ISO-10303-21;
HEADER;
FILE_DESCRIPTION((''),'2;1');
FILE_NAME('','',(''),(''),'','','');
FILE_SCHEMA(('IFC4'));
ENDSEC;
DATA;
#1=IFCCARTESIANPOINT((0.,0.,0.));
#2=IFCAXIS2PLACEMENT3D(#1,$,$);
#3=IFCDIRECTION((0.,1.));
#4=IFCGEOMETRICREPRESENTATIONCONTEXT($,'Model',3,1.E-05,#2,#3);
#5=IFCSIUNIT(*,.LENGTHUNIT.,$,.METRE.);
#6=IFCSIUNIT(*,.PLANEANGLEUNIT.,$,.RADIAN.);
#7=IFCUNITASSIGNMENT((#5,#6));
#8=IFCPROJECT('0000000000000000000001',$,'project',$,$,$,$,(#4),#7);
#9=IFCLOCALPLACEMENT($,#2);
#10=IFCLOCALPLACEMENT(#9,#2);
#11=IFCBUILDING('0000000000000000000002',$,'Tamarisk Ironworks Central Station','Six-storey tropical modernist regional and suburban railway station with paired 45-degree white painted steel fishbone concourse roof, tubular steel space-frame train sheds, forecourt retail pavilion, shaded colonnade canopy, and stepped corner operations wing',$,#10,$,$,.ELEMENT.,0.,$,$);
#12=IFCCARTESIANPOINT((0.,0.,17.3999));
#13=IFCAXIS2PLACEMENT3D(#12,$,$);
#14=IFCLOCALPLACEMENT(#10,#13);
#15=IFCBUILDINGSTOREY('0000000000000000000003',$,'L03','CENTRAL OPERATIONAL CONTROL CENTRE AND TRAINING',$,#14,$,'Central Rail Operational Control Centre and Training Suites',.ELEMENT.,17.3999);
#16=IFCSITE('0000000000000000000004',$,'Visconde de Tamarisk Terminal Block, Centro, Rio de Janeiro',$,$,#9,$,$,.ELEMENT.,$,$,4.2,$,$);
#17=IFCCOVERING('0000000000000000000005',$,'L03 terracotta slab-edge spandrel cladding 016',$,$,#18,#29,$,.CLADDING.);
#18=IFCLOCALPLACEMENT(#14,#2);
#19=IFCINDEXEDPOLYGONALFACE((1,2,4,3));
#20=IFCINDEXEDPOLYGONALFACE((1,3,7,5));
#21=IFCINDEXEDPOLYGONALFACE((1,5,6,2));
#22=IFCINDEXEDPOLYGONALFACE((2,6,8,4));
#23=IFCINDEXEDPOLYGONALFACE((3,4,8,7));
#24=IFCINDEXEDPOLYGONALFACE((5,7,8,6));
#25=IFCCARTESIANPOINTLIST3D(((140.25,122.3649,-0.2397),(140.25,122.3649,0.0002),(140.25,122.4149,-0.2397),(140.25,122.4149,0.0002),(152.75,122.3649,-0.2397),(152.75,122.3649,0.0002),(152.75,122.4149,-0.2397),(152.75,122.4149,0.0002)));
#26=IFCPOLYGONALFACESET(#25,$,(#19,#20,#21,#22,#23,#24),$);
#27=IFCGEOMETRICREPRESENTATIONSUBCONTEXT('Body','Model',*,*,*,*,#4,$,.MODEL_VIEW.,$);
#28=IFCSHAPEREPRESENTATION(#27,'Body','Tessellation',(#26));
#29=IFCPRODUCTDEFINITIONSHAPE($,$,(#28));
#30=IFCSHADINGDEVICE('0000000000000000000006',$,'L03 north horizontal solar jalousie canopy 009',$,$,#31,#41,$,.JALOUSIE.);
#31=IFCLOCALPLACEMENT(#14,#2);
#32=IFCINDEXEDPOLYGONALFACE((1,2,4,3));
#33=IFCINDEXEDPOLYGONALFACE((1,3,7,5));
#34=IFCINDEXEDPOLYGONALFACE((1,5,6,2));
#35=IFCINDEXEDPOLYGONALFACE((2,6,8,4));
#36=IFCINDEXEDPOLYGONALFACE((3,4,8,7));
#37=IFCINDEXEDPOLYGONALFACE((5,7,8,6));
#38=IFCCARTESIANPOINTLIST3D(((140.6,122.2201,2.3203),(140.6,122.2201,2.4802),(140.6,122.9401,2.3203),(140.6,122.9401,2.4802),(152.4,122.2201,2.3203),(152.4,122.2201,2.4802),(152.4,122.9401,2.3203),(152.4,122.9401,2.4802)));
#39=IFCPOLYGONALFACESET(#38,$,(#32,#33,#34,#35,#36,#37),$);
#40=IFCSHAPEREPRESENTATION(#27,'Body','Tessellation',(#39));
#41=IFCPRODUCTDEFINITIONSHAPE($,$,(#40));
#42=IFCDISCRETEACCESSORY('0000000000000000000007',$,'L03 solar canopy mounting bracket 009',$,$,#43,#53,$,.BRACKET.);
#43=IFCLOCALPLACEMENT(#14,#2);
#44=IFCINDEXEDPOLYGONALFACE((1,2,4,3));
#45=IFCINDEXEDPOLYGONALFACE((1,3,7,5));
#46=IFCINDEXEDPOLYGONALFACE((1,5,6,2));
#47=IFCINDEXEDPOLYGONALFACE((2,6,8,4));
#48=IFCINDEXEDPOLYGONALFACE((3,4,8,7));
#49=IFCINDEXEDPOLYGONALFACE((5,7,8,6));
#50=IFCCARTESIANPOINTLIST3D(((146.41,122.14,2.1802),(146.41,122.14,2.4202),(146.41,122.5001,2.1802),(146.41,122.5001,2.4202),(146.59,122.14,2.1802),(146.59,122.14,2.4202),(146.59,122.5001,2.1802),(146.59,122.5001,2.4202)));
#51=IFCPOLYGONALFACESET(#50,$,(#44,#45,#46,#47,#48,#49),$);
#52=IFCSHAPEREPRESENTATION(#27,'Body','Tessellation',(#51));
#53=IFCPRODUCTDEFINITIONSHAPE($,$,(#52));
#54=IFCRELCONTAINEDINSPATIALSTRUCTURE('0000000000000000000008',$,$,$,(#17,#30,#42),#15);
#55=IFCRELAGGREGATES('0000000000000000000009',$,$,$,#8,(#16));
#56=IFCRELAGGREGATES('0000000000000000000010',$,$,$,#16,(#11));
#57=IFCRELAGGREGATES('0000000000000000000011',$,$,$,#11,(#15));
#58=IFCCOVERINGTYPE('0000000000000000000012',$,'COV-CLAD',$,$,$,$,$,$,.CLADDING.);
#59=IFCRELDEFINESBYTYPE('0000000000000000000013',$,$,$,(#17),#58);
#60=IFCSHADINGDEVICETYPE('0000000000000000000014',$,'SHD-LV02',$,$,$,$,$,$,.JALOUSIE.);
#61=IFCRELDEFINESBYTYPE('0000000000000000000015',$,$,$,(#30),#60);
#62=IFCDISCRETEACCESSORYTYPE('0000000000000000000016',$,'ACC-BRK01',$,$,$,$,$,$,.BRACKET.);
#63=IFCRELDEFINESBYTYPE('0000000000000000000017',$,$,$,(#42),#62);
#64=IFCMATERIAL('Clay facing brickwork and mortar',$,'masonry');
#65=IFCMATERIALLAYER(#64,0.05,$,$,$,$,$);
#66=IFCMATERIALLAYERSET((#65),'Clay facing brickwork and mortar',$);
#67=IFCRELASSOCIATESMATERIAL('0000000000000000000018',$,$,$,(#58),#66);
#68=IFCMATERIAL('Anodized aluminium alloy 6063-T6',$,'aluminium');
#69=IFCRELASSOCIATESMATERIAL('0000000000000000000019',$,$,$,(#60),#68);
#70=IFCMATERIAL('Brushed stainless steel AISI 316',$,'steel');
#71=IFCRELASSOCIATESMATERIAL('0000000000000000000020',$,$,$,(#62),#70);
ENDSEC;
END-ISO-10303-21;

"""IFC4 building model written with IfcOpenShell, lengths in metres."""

from ifc_helpers import new_model, si_unit, direction, frame, origin, origin_2d, place, context, subcontext, project, spatial, rectangle, extrude, material, layer, layer_set, type_object, element, save


model = new_model("IFC4")

# Units and contexts
model_context = context("Model", 3, precision=1e-05, world=origin(), true_north=direction((0.0, 1.0)))
body_context = subcontext(model_context, "Body", "Model", "MODEL_VIEW")
ifc_project = project(units=[si_unit("LENGTHUNIT", "METRE"), si_unit("PLANEANGLEUNIT", "RADIAN")], contexts=[model_context])

# Site, building, storey
site_placement = place(None, origin())
site = spatial("IfcSite", under=ifc_project, at=site_placement, Name="Visconde de Tamarisk Terminal Block, Centro, Rio de Janeiro", CompositionType="ELEMENT", RefElevation=4.2)
building_placement = place(site_placement, origin())
building = spatial("IfcBuilding", under=site, at=building_placement, Name="Tamarisk Ironworks Central Station", Description="Six-storey tropical modernist regional and suburban railway station with paired 45-degree white painted steel fishbone concourse roof, tubular steel space-frame train sheds, forecourt retail pavilion, shaded colonnade canopy, and stepped corner operations wing", CompositionType="ELEMENT", ElevationOfRefHeight=0.0)
storey_placement = place(building_placement, frame((0.0, 0.0, 17.3999)))
storey = spatial("IfcBuildingStorey", under=building, at=storey_placement, Name="L03", Description="CENTRAL OPERATIONAL CONTROL CENTRE AND TRAINING", LongName="Central Rail Operational Control Centre and Training Suites", CompositionType="ELEMENT", Elevation=17.3999)

# Shared definitions
ifc_material_1 = material(Name="Anodized aluminium alloy 6063-T6", Category="aluminium")

# Covering
ifc_material_2 = material(Name="Clay facing brickwork and mortar", Category="masonry")
ifc_layer_1 = layer(ifc_material_2, 0.05)
ifc_layer_set_1 = layer_set([ifc_layer_1], Name="Clay facing brickwork and mortar")
covering_type = type_object("IfcCoveringType", Name="COV-CLAD", PredefinedType="CLADDING", material=ifc_layer_set_1)
covering_placement = place(storey_placement, frame((146.5, 122.3899, -0.2397), z_axis=(0.0, 0.0, 1.0), x_axis=(1.0, 0.0, 0.0)))
element("IfcCovering", 1, at=covering_placement, inside=storey, type_object=covering_type, Name="L03 terracotta slab-edge spandrel cladding 016", PredefinedType="CLADDING", context=body_context, shape_type="SweptSolid", body=[
    extrude(rectangle(XDim=12.5, YDim=0.05, at=origin_2d()), origin(), (0.0, 0.0, 1.0), 0.24),
])

# Shading device
shading_device_type = type_object("IfcShadingDeviceType", Name="SHD-LV02", PredefinedType="JALOUSIE", material=ifc_material_1)
shading_device_placement = place(storey_placement, frame((146.5, 122.5801, 2.3203), z_axis=(0.0, 0.0, 1.0), x_axis=(1.0, 0.0, 0.0)))
element("IfcShadingDevice", 2, at=shading_device_placement, inside=storey, type_object=shading_device_type, Name="L03 north horizontal solar jalousie canopy 009", PredefinedType="JALOUSIE", context=body_context, shape_type="SweptSolid", body=[
    extrude(rectangle(XDim=11.8, YDim=0.72, at=origin_2d()), origin(), (0.0, 0.0, 1.0), 0.1599),
])

# Discrete accessory
ifc_material_3 = material(Name="Brushed stainless steel AISI 316", Category="steel")
discrete_accessory_type = type_object("IfcDiscreteAccessoryType", Name="ACC-BRK01", PredefinedType="BRACKET", material=ifc_material_3)
discrete_accessory_placement = place(storey_placement, frame((146.5, 122.3201, 2.1802), z_axis=(0.0, 0.0, 1.0), x_axis=(1.0, 0.0, 0.0)))
element("IfcDiscreteAccessory", 3, at=discrete_accessory_placement, inside=storey, type_object=discrete_accessory_type, Name="L03 solar canopy mounting bracket 009", PredefinedType="BRACKET", context=body_context, shape_type="SweptSolid", body=[
    extrude(rectangle(XDim=0.1799, YDim=0.3601, at=origin_2d()), origin(), (0.0, 0.0, 1.0), 0.24),
])

save(model, "model.ifc")
